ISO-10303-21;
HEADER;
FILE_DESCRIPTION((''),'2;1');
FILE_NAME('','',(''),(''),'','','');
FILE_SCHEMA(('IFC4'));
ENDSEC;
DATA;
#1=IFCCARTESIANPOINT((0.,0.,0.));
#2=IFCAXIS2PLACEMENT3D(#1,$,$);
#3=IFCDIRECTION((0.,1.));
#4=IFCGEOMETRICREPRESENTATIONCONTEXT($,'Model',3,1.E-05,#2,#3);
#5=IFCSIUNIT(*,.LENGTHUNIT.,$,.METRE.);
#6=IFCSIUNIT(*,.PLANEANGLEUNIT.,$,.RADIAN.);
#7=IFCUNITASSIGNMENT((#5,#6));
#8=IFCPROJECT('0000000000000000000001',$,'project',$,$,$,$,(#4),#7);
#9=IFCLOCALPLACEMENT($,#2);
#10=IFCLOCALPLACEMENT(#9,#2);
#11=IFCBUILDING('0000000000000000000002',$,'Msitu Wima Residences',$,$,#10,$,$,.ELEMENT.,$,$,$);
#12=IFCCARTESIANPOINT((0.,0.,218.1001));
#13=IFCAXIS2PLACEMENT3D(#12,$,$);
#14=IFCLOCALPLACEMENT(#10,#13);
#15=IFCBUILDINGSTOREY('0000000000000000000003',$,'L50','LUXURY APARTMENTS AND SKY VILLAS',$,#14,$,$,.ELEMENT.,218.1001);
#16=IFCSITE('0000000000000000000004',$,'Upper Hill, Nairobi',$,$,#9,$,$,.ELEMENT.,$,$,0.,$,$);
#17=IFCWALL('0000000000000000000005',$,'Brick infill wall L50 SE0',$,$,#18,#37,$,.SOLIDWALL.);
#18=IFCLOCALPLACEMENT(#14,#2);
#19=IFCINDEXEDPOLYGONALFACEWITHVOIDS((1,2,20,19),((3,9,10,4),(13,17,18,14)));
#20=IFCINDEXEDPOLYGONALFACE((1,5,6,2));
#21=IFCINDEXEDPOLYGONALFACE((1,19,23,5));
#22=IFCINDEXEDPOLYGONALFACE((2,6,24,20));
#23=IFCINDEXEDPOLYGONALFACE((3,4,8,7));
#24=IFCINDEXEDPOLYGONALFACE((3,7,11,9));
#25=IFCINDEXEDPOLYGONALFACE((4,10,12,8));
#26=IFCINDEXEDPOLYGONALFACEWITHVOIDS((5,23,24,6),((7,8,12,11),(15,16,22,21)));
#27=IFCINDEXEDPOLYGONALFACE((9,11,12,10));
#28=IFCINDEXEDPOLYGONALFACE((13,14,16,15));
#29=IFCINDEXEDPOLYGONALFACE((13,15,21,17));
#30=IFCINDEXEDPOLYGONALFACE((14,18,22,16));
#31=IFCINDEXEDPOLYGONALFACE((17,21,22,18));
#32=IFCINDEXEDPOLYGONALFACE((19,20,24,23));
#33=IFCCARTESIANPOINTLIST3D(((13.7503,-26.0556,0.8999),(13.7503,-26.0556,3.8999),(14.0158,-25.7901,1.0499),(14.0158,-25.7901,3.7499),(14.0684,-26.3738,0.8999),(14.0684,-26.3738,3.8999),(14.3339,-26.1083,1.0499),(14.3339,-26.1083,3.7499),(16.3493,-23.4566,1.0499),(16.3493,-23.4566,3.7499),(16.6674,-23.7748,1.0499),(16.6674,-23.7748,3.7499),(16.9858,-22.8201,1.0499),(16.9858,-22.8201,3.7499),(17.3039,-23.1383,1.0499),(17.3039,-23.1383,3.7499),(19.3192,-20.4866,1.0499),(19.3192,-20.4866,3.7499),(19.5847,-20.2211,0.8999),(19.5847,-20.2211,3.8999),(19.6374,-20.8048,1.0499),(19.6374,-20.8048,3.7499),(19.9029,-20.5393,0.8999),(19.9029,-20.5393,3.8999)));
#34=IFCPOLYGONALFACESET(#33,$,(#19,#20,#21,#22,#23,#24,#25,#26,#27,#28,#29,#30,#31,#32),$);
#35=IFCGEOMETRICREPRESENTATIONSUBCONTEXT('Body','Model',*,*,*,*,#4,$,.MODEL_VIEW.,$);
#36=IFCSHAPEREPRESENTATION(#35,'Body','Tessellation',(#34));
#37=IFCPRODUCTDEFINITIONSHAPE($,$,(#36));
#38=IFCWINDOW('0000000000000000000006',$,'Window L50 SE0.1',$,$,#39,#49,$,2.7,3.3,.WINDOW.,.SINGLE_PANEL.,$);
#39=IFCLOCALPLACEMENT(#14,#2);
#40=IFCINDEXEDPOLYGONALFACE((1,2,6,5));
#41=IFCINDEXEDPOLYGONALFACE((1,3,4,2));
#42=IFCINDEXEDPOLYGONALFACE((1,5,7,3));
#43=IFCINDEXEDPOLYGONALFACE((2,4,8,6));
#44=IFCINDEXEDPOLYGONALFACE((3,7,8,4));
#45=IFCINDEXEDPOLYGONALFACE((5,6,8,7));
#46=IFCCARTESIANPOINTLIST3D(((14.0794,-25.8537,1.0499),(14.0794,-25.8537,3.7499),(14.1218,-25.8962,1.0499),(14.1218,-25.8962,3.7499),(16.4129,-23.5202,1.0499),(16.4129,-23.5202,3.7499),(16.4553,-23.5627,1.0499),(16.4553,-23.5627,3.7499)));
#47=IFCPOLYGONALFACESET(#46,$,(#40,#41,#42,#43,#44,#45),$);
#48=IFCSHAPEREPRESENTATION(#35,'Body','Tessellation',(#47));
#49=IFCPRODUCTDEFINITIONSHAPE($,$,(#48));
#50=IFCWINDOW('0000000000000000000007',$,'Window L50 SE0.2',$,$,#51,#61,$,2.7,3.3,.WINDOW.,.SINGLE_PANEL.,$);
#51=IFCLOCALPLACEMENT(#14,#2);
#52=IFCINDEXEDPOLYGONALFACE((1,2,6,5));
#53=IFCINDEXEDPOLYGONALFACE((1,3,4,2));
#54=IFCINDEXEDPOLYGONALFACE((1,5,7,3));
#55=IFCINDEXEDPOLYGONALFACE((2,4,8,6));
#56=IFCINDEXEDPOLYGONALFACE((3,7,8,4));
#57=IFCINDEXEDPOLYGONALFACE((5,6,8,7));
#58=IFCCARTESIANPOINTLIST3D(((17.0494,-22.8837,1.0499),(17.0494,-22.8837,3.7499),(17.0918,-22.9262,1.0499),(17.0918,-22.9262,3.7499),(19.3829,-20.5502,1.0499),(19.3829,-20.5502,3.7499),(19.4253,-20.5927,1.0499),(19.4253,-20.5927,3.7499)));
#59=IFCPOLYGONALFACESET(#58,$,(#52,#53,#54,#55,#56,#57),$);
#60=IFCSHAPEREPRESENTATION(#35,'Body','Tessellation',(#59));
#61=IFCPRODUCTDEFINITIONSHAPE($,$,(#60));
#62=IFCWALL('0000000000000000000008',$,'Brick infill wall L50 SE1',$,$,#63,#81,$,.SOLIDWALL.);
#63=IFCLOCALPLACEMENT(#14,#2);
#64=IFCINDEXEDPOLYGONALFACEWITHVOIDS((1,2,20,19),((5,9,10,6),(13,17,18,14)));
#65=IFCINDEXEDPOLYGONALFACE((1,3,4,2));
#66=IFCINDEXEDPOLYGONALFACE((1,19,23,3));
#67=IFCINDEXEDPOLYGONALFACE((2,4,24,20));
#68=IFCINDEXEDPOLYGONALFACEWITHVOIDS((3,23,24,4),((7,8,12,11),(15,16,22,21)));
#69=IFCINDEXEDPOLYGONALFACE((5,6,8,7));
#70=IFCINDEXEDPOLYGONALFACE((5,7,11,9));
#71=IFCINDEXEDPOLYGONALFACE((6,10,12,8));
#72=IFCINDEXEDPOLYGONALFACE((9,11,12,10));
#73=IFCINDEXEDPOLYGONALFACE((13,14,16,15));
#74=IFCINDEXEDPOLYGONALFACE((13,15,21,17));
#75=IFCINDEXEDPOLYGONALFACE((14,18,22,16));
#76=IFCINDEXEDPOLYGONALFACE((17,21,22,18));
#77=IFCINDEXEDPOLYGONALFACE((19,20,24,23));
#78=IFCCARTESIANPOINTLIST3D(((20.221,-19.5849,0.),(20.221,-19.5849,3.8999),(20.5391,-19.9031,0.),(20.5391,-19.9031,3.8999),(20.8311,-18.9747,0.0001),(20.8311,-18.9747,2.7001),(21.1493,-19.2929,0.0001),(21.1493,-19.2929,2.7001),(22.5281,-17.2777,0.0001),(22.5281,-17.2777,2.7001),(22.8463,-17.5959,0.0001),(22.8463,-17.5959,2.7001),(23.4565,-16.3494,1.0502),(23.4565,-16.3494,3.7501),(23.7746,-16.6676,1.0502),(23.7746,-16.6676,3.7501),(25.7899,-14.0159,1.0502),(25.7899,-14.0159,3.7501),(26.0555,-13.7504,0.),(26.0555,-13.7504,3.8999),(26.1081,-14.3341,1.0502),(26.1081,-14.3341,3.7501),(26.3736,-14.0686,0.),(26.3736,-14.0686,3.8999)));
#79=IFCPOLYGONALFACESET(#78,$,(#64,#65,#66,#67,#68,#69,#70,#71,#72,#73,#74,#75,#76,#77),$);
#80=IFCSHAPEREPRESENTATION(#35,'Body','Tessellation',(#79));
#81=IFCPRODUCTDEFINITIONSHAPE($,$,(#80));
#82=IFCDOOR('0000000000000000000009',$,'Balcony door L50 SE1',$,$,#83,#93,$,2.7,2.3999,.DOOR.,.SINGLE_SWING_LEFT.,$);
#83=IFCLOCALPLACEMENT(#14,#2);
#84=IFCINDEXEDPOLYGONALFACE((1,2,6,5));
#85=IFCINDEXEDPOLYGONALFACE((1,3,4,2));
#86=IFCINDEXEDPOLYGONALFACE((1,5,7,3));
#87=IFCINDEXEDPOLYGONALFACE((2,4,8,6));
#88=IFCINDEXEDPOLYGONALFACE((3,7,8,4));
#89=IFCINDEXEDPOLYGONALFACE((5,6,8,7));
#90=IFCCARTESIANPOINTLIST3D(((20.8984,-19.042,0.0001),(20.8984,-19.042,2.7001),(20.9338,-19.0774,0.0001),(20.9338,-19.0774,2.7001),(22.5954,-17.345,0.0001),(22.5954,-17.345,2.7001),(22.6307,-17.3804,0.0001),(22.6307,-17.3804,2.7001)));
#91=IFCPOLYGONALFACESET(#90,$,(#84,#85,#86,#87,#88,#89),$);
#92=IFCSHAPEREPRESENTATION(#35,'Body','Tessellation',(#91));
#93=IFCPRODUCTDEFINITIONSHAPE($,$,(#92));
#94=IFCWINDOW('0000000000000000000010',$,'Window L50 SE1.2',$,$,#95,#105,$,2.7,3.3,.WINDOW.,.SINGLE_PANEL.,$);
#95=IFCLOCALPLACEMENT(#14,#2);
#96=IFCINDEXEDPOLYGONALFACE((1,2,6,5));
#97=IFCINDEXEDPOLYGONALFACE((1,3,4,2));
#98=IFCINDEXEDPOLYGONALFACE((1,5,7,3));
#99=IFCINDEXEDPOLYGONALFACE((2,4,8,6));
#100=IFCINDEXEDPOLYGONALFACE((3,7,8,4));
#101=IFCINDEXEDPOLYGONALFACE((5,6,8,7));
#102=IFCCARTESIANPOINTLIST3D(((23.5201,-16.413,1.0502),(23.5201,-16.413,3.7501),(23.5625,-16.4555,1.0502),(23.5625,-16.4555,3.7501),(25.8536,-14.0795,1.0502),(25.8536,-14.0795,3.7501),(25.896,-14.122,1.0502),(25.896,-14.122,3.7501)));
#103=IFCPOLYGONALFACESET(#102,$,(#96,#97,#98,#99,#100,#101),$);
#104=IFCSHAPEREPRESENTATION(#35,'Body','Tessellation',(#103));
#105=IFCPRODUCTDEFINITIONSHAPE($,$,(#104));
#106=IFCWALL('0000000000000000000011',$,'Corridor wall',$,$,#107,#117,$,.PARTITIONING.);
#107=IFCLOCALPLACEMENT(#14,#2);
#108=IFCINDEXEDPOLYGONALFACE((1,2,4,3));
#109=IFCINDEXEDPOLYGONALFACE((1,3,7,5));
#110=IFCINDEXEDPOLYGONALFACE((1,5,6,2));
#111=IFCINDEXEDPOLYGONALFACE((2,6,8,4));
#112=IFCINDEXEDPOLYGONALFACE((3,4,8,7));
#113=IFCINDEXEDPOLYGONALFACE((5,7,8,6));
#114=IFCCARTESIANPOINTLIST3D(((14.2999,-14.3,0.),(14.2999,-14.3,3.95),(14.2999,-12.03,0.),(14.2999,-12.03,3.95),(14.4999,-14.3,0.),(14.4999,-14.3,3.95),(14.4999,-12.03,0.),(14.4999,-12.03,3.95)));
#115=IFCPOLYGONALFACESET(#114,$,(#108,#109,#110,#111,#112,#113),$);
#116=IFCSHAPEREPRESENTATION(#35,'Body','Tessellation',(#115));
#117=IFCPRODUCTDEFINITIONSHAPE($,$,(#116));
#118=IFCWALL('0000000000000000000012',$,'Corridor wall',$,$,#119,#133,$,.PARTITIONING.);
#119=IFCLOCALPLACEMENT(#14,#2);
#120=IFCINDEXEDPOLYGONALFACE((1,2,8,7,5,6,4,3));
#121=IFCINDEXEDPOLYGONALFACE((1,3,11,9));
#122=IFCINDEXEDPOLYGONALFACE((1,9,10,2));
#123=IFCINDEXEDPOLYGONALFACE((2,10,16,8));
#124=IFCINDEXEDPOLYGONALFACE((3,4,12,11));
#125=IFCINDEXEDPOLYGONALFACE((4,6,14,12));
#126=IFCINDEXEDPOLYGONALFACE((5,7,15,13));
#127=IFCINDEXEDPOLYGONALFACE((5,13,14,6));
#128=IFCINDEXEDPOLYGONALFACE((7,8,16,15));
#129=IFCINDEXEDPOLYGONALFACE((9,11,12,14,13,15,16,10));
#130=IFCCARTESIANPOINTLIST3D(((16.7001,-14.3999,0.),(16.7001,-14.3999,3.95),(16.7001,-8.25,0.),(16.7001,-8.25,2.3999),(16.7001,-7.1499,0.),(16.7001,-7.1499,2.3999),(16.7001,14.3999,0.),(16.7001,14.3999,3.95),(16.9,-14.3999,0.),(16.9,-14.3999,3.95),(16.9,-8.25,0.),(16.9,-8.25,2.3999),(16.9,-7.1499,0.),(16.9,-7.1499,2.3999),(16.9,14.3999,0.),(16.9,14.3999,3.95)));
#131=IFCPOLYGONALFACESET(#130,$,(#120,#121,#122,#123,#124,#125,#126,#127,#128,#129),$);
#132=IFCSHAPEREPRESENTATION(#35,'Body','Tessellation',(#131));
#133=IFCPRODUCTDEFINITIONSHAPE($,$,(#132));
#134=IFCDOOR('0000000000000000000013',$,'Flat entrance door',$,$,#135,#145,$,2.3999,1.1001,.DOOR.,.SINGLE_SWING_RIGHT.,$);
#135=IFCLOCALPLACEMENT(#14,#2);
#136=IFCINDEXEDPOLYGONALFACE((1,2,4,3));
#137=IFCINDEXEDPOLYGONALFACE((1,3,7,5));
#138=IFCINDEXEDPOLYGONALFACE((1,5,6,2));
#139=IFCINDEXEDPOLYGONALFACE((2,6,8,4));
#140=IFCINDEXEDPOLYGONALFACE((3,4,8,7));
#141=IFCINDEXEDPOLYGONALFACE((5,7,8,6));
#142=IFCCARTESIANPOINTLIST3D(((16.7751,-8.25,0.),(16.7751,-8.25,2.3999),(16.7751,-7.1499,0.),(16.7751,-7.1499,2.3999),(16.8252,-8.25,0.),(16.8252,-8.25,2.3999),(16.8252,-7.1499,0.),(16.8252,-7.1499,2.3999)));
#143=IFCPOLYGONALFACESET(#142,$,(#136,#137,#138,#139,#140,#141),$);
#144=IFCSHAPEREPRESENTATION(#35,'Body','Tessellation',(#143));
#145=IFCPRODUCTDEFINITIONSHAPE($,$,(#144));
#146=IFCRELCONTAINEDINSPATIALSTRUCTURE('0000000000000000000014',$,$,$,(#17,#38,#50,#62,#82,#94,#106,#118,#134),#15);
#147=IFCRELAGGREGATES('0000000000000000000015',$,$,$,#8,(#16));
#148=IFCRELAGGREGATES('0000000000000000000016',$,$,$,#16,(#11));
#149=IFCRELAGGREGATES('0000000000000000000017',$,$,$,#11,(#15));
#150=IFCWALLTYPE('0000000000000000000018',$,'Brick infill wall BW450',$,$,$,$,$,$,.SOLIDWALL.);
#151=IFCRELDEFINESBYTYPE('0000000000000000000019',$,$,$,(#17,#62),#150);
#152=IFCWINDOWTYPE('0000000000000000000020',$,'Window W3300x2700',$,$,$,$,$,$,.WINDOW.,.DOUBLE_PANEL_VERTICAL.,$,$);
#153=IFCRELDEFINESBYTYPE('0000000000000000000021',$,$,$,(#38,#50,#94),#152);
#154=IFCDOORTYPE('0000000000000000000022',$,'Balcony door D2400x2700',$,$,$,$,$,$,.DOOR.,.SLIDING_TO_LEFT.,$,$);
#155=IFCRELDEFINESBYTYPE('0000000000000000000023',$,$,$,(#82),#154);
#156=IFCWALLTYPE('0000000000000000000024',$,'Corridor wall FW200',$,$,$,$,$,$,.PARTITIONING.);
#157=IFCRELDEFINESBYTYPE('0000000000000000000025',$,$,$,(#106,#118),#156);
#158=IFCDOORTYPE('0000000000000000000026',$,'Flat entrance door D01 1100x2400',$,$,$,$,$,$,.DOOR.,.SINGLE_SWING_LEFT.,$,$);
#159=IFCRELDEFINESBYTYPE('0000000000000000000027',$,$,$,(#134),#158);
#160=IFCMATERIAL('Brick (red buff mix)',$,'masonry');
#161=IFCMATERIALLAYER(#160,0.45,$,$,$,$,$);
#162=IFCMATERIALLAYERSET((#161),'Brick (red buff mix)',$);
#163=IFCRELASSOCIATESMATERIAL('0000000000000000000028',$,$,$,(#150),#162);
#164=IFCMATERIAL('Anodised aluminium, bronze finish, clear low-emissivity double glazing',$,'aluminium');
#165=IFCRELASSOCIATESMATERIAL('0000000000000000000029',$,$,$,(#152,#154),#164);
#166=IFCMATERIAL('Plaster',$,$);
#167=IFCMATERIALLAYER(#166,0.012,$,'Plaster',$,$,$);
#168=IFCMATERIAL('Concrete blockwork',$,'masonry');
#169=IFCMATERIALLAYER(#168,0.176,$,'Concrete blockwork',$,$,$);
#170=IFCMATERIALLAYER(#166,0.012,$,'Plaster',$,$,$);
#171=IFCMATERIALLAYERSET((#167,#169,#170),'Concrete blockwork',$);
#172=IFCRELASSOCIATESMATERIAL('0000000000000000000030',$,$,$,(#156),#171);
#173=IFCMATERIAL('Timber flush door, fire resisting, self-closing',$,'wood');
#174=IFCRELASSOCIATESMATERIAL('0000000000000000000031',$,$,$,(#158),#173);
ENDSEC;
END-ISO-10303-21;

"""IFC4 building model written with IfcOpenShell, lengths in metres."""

from ifc_helpers import new_model, si_unit, direction, frame, frame_2d, origin, place, context, subcontext, project, spatial, rectangle, extrude, material, layer, layer_set, type_object, element, fill, save


model = new_model("IFC4")

# Units and contexts
model_context = context("Model", 3, precision=1e-05, world=origin(), true_north=direction((0.0, 1.0)))
body_context = subcontext(model_context, "Body", "Model", "MODEL_VIEW")
ifc_project = project(units=[si_unit("LENGTHUNIT", "METRE"), si_unit("PLANEANGLEUNIT", "RADIAN")], contexts=[model_context])

# Site, building, storey
site_placement = place(None, origin())
site = spatial("IfcSite", under=ifc_project, at=site_placement, Name="Upper Hill, Nairobi", CompositionType="ELEMENT", RefElevation=0.0)
building_placement = place(site_placement, origin())
building = spatial("IfcBuilding", under=site, at=building_placement, Name="Msitu Wima Residences", CompositionType="ELEMENT")
storey_placement = place(building_placement, frame((0.0, 0.0, 218.1001)))
storey = spatial("IfcBuildingStorey", under=building, at=storey_placement, Name="L50", Description="LUXURY APARTMENTS AND SKY VILLAS", CompositionType="ELEMENT", Elevation=218.1001)

# Wall, openings, windows
ifc_material_1 = material(Name="Brick (red buff mix)", Category="masonry")
ifc_layer_1 = layer(ifc_material_1, 0.45)
ifc_layer_set_1 = layer_set([ifc_layer_1], Name="Brick (red buff mix)")
wall_type_1 = type_object("IfcWallType", Name="Brick infill wall BW450", PredefinedType="SOLIDWALL", material=ifc_layer_set_1)
wall_1_placement = place(storey_placement, frame((13.9094, -26.2146, 0.8999), z_axis=(0.0, 0.0, 1.0), x_axis=(0.707107, 0.707107, 0.0)))
wall_1 = element("IfcWall", 1, at=wall_1_placement, inside=storey, type_object=wall_type_1, Name="Brick infill wall L50 SE0", PredefinedType="SOLIDWALL", context=body_context, shape_type="SweptSolid", body=[
    extrude(rectangle(XDim=8.2512, YDim=0.45, at=frame_2d((4.1255, 0.0))), origin(), (0.0, 0.0, 1.0), 3.0),
])
opening_1_placement = place(wall_1_placement, frame((0.3755, 0.0, 0.1499)))
opening_1 = element("IfcOpeningElement", 2, at=opening_1_placement, cuts=wall_1, PredefinedType="OPENING", context=body_context, shape_type="SweptSolid", body=[
    extrude(rectangle(XDim=3.3, YDim=2.7, at=frame_2d((1.6499, 1.3501))), frame((0.0, 0.2349, 0.0), z_axis=(0.0, -1.0, 0.0), x_axis=(1.0, 0.0, 0.0)), (0.0, 0.0, 1.0), 0.47),
])
opening_2_placement = place(wall_1_placement, frame((4.5757, 0.0, 0.1499)))
opening_2 = element("IfcOpeningElement", 3, at=opening_2_placement, cuts=wall_1, PredefinedType="OPENING", context=body_context, shape_type="SweptSolid", body=[
    extrude(rectangle(XDim=3.3, YDim=2.7, at=frame_2d((1.6499, 1.3501))), frame((0.0, 0.2349, 0.0), z_axis=(0.0, -1.0, 0.0), x_axis=(1.0, 0.0, 0.0)), (0.0, 0.0, 1.0), 0.47),
])
ifc_material_2 = material(Name="Anodised aluminium, bronze finish, clear low-emissivity double glazing", Category="aluminium")
window_type = type_object("IfcWindowType", Name="Window W3300x2700", PartitioningType="DOUBLE_PANEL_VERTICAL", PredefinedType="WINDOW", material=ifc_material_2)
window_1_placement = place(opening_1_placement, origin())
window_1 = element("IfcWindow", 4, at=window_1_placement, inside=storey, type_object=window_type, Name="Window L50 SE0.1", OverallHeight=2.7, OverallWidth=3.3, PartitioningType="SINGLE_PANEL", PredefinedType="WINDOW", context=body_context, shape_type="SweptSolid", body=[
    extrude(rectangle(XDim=3.3, YDim=2.7, at=frame_2d((1.6499, 1.3501))), frame((0.0, 0.135, 0.0), z_axis=(0.0, -1.0, 0.0), x_axis=(1.0, 0.0, 0.0)), (0.0, 0.0, 1.0), 0.0601),
])
fill(opening_1, window_1)
window_2_placement = place(opening_2_placement, origin())
window_2 = element("IfcWindow", 5, at=window_2_placement, inside=storey, type_object=window_type, Name="Window L50 SE0.2", OverallHeight=2.7, OverallWidth=3.3, PartitioningType="SINGLE_PANEL", PredefinedType="WINDOW", context=body_context, shape_type="SweptSolid", body=[
    extrude(rectangle(XDim=3.3, YDim=2.7, at=frame_2d((1.6499, 1.3501))), frame((0.0, 0.135, 0.0), z_axis=(0.0, -1.0, 0.0), x_axis=(1.0, 0.0, 0.0)), (0.0, 0.0, 1.0), 0.0601),
])
fill(opening_2, window_2)

# Wall, openings, door, window
wall_2_placement = place(storey_placement, frame((20.3801, -19.7439, 0.0), z_axis=(0.0, 0.0, 1.0), x_axis=(0.707107, 0.707107, 0.0)))
wall_2 = element("IfcWall", 6, at=wall_2_placement, inside=storey, type_object=wall_type_1, Name="Brick infill wall L50 SE1", PredefinedType="SOLIDWALL", context=body_context, shape_type="SweptSolid", body=[
    extrude(rectangle(XDim=8.2512, YDim=0.45, at=frame_2d((4.1255, 0.0))), origin(), (0.0, 0.0, 1.0), 3.8999),
])
opening_3_placement = place(wall_2_placement, frame((0.8628, 0.0, 0.0)))
opening_3 = element("IfcOpeningElement", 7, at=opening_3_placement, cuts=wall_2, PredefinedType="OPENING", context=body_context, shape_type="SweptSolid", body=[
    extrude(rectangle(XDim=2.3999, YDim=2.7, at=frame_2d((1.2, 1.3501))), frame((0.0, 0.2349, 0.0), z_axis=(0.0, -1.0, 0.0), x_axis=(1.0, 0.0, 0.0)), (0.0, 0.0, 1.0), 0.47),
])
opening_4_placement = place(wall_2_placement, frame((4.5757, 0.0, 1.05)))
opening_4 = element("IfcOpeningElement", 8, at=opening_4_placement, cuts=wall_2, PredefinedType="OPENING", context=body_context, shape_type="SweptSolid", body=[
    extrude(rectangle(XDim=3.3, YDim=2.7, at=frame_2d((1.6499, 1.3501))), frame((0.0, 0.2349, 0.0), z_axis=(0.0, -1.0, 0.0), x_axis=(1.0, 0.0, 0.0)), (0.0, 0.0, 1.0), 0.47),
])
door_type_1 = type_object("IfcDoorType", Name="Balcony door D2400x2700", OperationType="SLIDING_TO_LEFT", PredefinedType="DOOR", material=ifc_material_2)
door_1_placement = place(opening_3_placement, origin())
door_1 = element("IfcDoor", 9, at=door_1_placement, inside=storey, type_object=door_type_1, Name="Balcony door L50 SE1", OperationType="SINGLE_SWING_LEFT", OverallHeight=2.7, OverallWidth=2.3999, PredefinedType="DOOR", context=body_context, shape_type="SweptSolid", body=[
    extrude(rectangle(XDim=2.3999, YDim=2.7, at=frame_2d((1.2, 1.3501))), frame((0.0, 0.1299, 0.0), z_axis=(0.0, -1.0, 0.0), x_axis=(1.0, 0.0, 0.0)), (0.0, 0.0, 1.0), 0.05),
])
fill(opening_3, door_1)
window_3_placement = place(opening_4_placement, origin())
window_3 = element("IfcWindow", 10, at=window_3_placement, inside=storey, type_object=window_type, Name="Window L50 SE1.2", OverallHeight=2.7, OverallWidth=3.3, PartitioningType="SINGLE_PANEL", PredefinedType="WINDOW", context=body_context, shape_type="SweptSolid", body=[
    extrude(rectangle(XDim=3.3, YDim=2.7, at=frame_2d((1.6499, 1.3501))), frame((0.0, 0.135, 0.0), z_axis=(0.0, -1.0, 0.0), x_axis=(1.0, 0.0, 0.0)), (0.0, 0.0, 1.0), 0.0601),
])
fill(opening_4, window_3)

# Wall
ifc_material_3 = material(Name="Plaster")
ifc_layer_2 = layer(ifc_material_3, 0.012, Name="Plaster")
ifc_material_4 = material(Name="Concrete blockwork", Category="masonry")
ifc_layer_3 = layer(ifc_material_4, 0.176, Name="Concrete blockwork")
ifc_layer_4 = layer(ifc_material_3, 0.012, Name="Plaster")
ifc_layer_set_2 = layer_set([ifc_layer_2, ifc_layer_3, ifc_layer_4], Name="Concrete blockwork")
wall_type_2 = type_object("IfcWallType", Name="Corridor wall FW200", PredefinedType="PARTITIONING", material=ifc_layer_set_2)
wall_3_placement = place(storey_placement, frame((14.3999, -14.3, 0.0), z_axis=(0.0, 0.0, 1.0), x_axis=(0.0, 1.0, 0.0)))
element("IfcWall", 11, at=wall_3_placement, inside=storey, type_object=wall_type_2, Name="Corridor wall", PredefinedType="PARTITIONING", context=body_context, shape_type="SweptSolid", body=[
    extrude(rectangle(XDim=2.27, YDim=0.2, at=frame_2d((1.135, 0.0))), origin(), (0.0, 0.0, 1.0), 3.95),
])

# Wall, opening, door
ifc_material_5 = material(Name="Timber flush door, fire resisting, self-closing", Category="wood")
door_type_2 = type_object("IfcDoorType", Name="Flat entrance door D01 1100x2400", OperationType="SINGLE_SWING_LEFT", PredefinedType="DOOR", material=ifc_material_5)
wall_4_placement = place(storey_placement, frame((16.8, -14.3999, 0.0), z_axis=(0.0, 0.0, 1.0), x_axis=(0.0, 1.0, 0.0)))
wall_4 = element("IfcWall", 12, at=wall_4_placement, inside=storey, type_object=wall_type_2, Name="Corridor wall", PredefinedType="PARTITIONING", context=body_context, shape_type="SweptSolid", body=[
    extrude(rectangle(XDim=28.7998, YDim=0.2, at=frame_2d((14.3999, 0.0))), origin(), (0.0, 0.0, 1.0), 3.95),
])
opening_5_placement = place(wall_4_placement, frame((6.1499, 0.0, 0.0)))
opening_5 = element("IfcOpeningElement", 13, at=opening_5_placement, cuts=wall_4, PredefinedType="OPENING", context=body_context, shape_type="SweptSolid", body=[
    extrude(rectangle(XDim=1.1001, YDim=2.3999, at=frame_2d((0.55, 1.2))), frame((0.0, 0.1099, 0.0), z_axis=(0.0, -1.0, 0.0), x_axis=(1.0, 0.0, 0.0)), (0.0, 0.0, 1.0), 0.22),
])
door_2_placement = place(opening_5_placement, origin())
door_2 = element("IfcDoor", 14, at=door_2_placement, inside=storey, type_object=door_type_2, Name="Flat entrance door", OperationType="SINGLE_SWING_RIGHT", OverallHeight=2.3999, OverallWidth=1.1001, PredefinedType="DOOR", context=body_context, shape_type="SweptSolid", body=[
    extrude(rectangle(XDim=1.1001, YDim=2.3999, at=frame_2d((0.55, 1.2))), frame((0.0, 0.0249, 0.0), z_axis=(0.0, -1.0, 0.0), x_axis=(1.0, 0.0, 0.0)), (0.0, 0.0, 1.0), 0.05),
])
fill(opening_5, door_2)

save(model, "model.ifc")
